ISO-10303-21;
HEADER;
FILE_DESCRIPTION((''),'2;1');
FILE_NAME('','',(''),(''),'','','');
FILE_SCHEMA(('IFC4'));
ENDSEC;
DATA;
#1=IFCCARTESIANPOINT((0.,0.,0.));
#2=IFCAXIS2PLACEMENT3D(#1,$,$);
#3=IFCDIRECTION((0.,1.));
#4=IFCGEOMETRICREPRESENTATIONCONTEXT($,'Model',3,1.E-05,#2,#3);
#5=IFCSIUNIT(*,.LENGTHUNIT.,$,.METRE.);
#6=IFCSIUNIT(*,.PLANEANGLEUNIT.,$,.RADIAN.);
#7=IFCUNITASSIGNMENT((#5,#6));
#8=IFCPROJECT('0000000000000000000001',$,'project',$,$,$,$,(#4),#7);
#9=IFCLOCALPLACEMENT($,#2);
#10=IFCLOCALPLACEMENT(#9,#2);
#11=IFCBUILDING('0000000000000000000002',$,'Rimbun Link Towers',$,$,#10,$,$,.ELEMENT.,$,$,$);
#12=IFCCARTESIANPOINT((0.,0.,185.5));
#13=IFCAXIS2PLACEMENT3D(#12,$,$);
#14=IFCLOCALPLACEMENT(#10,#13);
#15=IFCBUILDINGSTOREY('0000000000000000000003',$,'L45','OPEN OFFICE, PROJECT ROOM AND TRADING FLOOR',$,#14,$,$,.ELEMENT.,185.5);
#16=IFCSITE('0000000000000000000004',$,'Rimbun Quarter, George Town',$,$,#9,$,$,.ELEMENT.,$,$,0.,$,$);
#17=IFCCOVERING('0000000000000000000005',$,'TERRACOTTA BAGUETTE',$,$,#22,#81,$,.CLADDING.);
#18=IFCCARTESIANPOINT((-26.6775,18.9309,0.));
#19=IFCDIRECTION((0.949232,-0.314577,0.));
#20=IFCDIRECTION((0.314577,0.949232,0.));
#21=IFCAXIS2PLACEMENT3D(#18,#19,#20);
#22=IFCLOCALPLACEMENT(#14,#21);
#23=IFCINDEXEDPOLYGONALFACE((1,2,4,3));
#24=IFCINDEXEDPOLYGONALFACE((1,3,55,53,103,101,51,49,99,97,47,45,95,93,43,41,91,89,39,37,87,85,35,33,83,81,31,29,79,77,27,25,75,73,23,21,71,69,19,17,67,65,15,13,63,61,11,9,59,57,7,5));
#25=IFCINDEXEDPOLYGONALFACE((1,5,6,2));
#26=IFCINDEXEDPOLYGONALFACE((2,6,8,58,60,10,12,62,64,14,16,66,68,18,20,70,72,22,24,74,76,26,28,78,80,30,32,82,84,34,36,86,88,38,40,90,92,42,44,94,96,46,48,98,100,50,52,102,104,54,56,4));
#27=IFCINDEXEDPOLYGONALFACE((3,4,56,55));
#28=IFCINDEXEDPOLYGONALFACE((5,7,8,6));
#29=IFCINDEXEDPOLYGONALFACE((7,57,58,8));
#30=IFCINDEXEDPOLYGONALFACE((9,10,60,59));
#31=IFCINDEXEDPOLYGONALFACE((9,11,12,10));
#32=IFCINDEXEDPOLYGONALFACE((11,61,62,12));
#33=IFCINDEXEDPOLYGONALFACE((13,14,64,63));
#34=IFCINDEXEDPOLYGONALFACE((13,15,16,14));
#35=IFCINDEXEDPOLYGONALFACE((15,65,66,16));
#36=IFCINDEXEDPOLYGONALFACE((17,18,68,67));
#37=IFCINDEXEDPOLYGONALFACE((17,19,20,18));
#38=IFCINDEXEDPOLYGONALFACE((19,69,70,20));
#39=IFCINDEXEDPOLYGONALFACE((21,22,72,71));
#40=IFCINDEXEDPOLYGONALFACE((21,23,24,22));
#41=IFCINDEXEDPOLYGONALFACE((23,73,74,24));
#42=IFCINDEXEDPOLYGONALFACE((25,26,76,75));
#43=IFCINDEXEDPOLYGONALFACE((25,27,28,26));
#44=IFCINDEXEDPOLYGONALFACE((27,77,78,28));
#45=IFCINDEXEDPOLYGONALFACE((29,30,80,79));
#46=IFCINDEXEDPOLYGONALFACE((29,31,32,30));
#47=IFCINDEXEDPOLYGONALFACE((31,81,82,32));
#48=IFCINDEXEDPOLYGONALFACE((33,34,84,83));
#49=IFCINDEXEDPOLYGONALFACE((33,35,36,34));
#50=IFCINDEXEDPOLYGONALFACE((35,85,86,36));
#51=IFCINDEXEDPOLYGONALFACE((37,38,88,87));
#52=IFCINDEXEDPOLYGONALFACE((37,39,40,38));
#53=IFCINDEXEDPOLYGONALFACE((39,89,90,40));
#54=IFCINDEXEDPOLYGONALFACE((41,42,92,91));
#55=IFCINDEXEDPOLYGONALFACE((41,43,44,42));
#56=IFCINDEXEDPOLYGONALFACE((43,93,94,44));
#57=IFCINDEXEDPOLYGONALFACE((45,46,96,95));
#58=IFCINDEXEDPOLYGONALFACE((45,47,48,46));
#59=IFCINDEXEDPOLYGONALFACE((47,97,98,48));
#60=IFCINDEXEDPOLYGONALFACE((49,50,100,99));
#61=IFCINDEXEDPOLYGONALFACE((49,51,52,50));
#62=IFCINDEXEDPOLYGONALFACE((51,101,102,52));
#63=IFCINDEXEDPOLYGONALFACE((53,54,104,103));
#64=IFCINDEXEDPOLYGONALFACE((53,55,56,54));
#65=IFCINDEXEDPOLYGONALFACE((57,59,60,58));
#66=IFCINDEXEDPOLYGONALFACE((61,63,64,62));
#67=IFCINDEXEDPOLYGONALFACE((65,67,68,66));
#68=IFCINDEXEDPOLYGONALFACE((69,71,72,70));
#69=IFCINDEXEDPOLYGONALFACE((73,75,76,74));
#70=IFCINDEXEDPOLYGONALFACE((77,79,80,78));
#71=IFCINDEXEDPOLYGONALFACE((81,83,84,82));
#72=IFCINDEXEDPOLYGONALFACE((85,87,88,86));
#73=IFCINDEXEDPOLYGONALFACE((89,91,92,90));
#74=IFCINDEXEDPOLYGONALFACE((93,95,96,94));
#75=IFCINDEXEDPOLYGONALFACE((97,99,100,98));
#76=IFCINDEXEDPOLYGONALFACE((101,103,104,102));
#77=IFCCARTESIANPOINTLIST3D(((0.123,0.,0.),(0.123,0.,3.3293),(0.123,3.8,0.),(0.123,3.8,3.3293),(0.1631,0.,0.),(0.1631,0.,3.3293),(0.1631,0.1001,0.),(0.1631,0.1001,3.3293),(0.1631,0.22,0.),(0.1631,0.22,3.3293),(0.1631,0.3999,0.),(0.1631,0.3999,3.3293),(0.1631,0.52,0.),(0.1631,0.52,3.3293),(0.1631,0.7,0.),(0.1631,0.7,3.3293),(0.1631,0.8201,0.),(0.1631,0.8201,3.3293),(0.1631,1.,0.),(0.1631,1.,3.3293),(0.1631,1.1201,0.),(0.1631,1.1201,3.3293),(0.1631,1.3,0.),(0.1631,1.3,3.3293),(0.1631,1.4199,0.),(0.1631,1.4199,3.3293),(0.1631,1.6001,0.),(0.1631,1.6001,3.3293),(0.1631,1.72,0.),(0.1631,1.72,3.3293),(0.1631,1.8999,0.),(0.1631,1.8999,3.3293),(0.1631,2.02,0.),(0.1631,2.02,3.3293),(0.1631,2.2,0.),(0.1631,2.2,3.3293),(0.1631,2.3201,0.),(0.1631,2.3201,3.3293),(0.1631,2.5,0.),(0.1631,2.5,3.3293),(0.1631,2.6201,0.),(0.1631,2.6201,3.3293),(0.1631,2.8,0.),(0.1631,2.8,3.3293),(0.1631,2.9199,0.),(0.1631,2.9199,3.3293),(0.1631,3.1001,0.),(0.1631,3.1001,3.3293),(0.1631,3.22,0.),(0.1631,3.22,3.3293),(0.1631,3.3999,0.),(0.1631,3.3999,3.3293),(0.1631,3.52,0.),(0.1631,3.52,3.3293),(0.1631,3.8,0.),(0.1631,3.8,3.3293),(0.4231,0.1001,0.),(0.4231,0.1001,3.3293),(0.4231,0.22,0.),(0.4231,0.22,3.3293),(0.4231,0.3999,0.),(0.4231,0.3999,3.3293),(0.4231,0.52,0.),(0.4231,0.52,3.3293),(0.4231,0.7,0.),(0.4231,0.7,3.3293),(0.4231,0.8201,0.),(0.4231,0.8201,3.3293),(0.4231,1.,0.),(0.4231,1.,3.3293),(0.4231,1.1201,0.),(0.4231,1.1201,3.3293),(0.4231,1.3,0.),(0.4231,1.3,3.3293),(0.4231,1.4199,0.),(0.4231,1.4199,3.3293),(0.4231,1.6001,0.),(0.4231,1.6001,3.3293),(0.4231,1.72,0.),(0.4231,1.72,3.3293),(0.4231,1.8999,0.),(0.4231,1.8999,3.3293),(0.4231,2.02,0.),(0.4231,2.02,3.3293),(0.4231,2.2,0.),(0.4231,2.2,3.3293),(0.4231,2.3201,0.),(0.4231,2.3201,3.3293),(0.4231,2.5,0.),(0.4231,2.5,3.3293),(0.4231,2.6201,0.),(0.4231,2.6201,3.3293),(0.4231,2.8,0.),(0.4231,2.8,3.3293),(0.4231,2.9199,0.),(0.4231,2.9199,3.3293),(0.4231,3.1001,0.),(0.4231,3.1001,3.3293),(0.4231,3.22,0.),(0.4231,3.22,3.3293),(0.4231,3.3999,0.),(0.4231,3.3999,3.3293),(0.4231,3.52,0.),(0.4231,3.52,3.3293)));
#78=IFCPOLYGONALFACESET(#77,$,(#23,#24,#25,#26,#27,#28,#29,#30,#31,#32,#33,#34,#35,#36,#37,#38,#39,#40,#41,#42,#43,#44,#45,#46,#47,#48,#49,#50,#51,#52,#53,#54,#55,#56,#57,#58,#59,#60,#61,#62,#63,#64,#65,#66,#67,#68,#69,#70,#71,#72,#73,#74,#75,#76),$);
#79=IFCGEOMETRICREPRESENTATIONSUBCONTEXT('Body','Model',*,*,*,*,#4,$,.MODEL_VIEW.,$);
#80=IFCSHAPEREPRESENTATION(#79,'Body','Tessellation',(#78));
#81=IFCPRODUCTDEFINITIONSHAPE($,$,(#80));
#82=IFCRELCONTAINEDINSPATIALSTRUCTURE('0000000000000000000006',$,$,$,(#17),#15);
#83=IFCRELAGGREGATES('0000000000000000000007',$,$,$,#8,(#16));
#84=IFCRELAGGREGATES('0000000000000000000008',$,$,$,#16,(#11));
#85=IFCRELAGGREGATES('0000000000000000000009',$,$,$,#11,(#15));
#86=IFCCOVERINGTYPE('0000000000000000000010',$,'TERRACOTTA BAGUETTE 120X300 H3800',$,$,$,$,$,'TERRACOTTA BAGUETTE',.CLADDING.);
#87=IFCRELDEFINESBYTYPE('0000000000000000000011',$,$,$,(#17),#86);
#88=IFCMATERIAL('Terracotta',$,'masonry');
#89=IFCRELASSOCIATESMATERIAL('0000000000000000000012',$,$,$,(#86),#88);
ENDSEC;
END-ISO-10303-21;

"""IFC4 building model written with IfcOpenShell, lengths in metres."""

from ifc_helpers import new_model, si_unit, direction, frame, origin, place, context, subcontext, project, spatial, polyline, outline, extrude, material, material_profile, profile_set, type_object, element, save


model = new_model("IFC4")

# Units and contexts
model_context = context("Model", 3, precision=1e-05, world=origin(), true_north=direction((0.0, 1.0)))
body_context = subcontext(model_context, "Body", "Model", "MODEL_VIEW")
ifc_project = project(units=[si_unit("LENGTHUNIT", "METRE"), si_unit("PLANEANGLEUNIT", "RADIAN")], contexts=[model_context])

# Site, building, storey
site_placement = place(None, origin())
site = spatial("IfcSite", under=ifc_project, at=site_placement, Name="Rimbun Quarter, George Town", CompositionType="ELEMENT", RefElevation=0.0)
building_placement = place(site_placement, origin())
building = spatial("IfcBuilding", under=site, at=building_placement, Name="Rimbun Link Towers", CompositionType="ELEMENT")
storey_placement = place(building_placement, frame((0.0, 0.0, 185.5)))
storey = spatial("IfcBuildingStorey", under=building, at=storey_placement, Name="L45", Description="OPEN OFFICE, PROJECT ROOM AND TRADING FLOOR", CompositionType="ELEMENT", Elevation=185.5)

# Covering
ifc_material_1 = material(Name="Terracotta", Category="masonry")
ifc_material_profile_1 = material_profile(ifc_material_1, outline(polyline([(0.123, 0.0), (0.1631, 0.0), (0.1631, 0.1001), (0.4231, 0.1001), (0.4231, 0.22), (0.1631, 0.22), (0.1631, 0.3999), (0.4231, 0.3999), (0.4231, 0.52), (0.1631, 0.52), (0.1631, 0.7), (0.4231, 0.7), (0.4231, 0.8201), (0.1631, 0.8201), (0.1631, 1.0), (0.4231, 1.0), (0.4231, 1.1201), (0.1631, 1.1201), (0.1631, 1.3), (0.4231, 1.3), (0.4231, 1.4199), (0.1631, 1.4199), (0.1631, 1.6001), (0.4231, 1.6001), (0.4231, 1.72), (0.1631, 1.72), (0.1631, 1.8999), (0.4231, 1.8999), (0.4231, 2.02), (0.1631, 2.02), (0.1631, 2.2), (0.4231, 2.2), (0.4231, 2.3201), (0.1631, 2.3201), (0.1631, 2.5), (0.4231, 2.5), (0.4231, 2.6201), (0.1631, 2.6201), (0.1631, 2.8), (0.4231, 2.8), (0.4231, 2.9199), (0.1631, 2.9199), (0.1631, 3.1001), (0.4231, 3.1001), (0.4231, 3.22), (0.1631, 3.22), (0.1631, 3.3999), (0.4231, 3.3999), (0.4231, 3.52), (0.1631, 3.52), (0.1631, 3.8), (0.123, 3.8), (0.123, 0.0)])), Name="BAGUETTE 120X300")
ifc_profile_set_1 = profile_set([ifc_material_profile_1], Name="Terracotta")
covering_type = type_object("IfcCoveringType", Name="TERRACOTTA BAGUETTE 120X300 H3800", ElementType="TERRACOTTA BAGUETTE", PredefinedType="CLADDING", material=ifc_profile_set_1)
covering_1_placement = place(storey_placement, frame((-26.6775, 18.9309, 0.0), z_axis=(0.949232, -0.314577, 0.0), x_axis=(0.314577, 0.949232, 0.0)))
element("IfcCovering", 1, at=covering_1_placement, inside=storey, type_object=covering_type, Name="TERRACOTTA BAGUETTE", PredefinedType="CLADDING", context=body_context, shape_type="SweptSolid", body=[
    extrude(outline(polyline([(0.123, 0.0), (0.1631, 0.0), (0.1631, 0.1001), (0.4231, 0.1001), (0.4231, 0.22), (0.1631, 0.22), (0.1631, 0.3999), (0.4231, 0.3999), (0.4231, 0.52), (0.1631, 0.52), (0.1631, 0.7), (0.4231, 0.7), (0.4231, 0.8201), (0.1631, 0.8201), (0.1631, 1.0), (0.4231, 1.0), (0.4231, 1.1201), (0.1631, 1.1201), (0.1631, 1.3), (0.4231, 1.3), (0.4231, 1.4199), (0.1631, 1.4199), (0.1631, 1.6001), (0.4231, 1.6001), (0.4231, 1.72), (0.1631, 1.72), (0.1631, 1.8999), (0.4231, 1.8999), (0.4231, 2.02), (0.1631, 2.02), (0.1631, 2.2), (0.4231, 2.2), (0.4231, 2.3201), (0.1631, 2.3201), (0.1631, 2.5), (0.4231, 2.5), (0.4231, 2.6201), (0.1631, 2.6201), (0.1631, 2.8), (0.4231, 2.8), (0.4231, 2.9199), (0.1631, 2.9199), (0.1631, 3.1001), (0.4231, 3.1001), (0.4231, 3.22), (0.1631, 3.22), (0.1631, 3.3999), (0.4231, 3.3999), (0.4231, 3.52), (0.1631, 3.52), (0.1631, 3.8), (0.123, 3.8), (0.123, 0.0)])), origin(), (0.0, 0.0, 1.0), 3.3293),
])

save(model, "model.ifc")
